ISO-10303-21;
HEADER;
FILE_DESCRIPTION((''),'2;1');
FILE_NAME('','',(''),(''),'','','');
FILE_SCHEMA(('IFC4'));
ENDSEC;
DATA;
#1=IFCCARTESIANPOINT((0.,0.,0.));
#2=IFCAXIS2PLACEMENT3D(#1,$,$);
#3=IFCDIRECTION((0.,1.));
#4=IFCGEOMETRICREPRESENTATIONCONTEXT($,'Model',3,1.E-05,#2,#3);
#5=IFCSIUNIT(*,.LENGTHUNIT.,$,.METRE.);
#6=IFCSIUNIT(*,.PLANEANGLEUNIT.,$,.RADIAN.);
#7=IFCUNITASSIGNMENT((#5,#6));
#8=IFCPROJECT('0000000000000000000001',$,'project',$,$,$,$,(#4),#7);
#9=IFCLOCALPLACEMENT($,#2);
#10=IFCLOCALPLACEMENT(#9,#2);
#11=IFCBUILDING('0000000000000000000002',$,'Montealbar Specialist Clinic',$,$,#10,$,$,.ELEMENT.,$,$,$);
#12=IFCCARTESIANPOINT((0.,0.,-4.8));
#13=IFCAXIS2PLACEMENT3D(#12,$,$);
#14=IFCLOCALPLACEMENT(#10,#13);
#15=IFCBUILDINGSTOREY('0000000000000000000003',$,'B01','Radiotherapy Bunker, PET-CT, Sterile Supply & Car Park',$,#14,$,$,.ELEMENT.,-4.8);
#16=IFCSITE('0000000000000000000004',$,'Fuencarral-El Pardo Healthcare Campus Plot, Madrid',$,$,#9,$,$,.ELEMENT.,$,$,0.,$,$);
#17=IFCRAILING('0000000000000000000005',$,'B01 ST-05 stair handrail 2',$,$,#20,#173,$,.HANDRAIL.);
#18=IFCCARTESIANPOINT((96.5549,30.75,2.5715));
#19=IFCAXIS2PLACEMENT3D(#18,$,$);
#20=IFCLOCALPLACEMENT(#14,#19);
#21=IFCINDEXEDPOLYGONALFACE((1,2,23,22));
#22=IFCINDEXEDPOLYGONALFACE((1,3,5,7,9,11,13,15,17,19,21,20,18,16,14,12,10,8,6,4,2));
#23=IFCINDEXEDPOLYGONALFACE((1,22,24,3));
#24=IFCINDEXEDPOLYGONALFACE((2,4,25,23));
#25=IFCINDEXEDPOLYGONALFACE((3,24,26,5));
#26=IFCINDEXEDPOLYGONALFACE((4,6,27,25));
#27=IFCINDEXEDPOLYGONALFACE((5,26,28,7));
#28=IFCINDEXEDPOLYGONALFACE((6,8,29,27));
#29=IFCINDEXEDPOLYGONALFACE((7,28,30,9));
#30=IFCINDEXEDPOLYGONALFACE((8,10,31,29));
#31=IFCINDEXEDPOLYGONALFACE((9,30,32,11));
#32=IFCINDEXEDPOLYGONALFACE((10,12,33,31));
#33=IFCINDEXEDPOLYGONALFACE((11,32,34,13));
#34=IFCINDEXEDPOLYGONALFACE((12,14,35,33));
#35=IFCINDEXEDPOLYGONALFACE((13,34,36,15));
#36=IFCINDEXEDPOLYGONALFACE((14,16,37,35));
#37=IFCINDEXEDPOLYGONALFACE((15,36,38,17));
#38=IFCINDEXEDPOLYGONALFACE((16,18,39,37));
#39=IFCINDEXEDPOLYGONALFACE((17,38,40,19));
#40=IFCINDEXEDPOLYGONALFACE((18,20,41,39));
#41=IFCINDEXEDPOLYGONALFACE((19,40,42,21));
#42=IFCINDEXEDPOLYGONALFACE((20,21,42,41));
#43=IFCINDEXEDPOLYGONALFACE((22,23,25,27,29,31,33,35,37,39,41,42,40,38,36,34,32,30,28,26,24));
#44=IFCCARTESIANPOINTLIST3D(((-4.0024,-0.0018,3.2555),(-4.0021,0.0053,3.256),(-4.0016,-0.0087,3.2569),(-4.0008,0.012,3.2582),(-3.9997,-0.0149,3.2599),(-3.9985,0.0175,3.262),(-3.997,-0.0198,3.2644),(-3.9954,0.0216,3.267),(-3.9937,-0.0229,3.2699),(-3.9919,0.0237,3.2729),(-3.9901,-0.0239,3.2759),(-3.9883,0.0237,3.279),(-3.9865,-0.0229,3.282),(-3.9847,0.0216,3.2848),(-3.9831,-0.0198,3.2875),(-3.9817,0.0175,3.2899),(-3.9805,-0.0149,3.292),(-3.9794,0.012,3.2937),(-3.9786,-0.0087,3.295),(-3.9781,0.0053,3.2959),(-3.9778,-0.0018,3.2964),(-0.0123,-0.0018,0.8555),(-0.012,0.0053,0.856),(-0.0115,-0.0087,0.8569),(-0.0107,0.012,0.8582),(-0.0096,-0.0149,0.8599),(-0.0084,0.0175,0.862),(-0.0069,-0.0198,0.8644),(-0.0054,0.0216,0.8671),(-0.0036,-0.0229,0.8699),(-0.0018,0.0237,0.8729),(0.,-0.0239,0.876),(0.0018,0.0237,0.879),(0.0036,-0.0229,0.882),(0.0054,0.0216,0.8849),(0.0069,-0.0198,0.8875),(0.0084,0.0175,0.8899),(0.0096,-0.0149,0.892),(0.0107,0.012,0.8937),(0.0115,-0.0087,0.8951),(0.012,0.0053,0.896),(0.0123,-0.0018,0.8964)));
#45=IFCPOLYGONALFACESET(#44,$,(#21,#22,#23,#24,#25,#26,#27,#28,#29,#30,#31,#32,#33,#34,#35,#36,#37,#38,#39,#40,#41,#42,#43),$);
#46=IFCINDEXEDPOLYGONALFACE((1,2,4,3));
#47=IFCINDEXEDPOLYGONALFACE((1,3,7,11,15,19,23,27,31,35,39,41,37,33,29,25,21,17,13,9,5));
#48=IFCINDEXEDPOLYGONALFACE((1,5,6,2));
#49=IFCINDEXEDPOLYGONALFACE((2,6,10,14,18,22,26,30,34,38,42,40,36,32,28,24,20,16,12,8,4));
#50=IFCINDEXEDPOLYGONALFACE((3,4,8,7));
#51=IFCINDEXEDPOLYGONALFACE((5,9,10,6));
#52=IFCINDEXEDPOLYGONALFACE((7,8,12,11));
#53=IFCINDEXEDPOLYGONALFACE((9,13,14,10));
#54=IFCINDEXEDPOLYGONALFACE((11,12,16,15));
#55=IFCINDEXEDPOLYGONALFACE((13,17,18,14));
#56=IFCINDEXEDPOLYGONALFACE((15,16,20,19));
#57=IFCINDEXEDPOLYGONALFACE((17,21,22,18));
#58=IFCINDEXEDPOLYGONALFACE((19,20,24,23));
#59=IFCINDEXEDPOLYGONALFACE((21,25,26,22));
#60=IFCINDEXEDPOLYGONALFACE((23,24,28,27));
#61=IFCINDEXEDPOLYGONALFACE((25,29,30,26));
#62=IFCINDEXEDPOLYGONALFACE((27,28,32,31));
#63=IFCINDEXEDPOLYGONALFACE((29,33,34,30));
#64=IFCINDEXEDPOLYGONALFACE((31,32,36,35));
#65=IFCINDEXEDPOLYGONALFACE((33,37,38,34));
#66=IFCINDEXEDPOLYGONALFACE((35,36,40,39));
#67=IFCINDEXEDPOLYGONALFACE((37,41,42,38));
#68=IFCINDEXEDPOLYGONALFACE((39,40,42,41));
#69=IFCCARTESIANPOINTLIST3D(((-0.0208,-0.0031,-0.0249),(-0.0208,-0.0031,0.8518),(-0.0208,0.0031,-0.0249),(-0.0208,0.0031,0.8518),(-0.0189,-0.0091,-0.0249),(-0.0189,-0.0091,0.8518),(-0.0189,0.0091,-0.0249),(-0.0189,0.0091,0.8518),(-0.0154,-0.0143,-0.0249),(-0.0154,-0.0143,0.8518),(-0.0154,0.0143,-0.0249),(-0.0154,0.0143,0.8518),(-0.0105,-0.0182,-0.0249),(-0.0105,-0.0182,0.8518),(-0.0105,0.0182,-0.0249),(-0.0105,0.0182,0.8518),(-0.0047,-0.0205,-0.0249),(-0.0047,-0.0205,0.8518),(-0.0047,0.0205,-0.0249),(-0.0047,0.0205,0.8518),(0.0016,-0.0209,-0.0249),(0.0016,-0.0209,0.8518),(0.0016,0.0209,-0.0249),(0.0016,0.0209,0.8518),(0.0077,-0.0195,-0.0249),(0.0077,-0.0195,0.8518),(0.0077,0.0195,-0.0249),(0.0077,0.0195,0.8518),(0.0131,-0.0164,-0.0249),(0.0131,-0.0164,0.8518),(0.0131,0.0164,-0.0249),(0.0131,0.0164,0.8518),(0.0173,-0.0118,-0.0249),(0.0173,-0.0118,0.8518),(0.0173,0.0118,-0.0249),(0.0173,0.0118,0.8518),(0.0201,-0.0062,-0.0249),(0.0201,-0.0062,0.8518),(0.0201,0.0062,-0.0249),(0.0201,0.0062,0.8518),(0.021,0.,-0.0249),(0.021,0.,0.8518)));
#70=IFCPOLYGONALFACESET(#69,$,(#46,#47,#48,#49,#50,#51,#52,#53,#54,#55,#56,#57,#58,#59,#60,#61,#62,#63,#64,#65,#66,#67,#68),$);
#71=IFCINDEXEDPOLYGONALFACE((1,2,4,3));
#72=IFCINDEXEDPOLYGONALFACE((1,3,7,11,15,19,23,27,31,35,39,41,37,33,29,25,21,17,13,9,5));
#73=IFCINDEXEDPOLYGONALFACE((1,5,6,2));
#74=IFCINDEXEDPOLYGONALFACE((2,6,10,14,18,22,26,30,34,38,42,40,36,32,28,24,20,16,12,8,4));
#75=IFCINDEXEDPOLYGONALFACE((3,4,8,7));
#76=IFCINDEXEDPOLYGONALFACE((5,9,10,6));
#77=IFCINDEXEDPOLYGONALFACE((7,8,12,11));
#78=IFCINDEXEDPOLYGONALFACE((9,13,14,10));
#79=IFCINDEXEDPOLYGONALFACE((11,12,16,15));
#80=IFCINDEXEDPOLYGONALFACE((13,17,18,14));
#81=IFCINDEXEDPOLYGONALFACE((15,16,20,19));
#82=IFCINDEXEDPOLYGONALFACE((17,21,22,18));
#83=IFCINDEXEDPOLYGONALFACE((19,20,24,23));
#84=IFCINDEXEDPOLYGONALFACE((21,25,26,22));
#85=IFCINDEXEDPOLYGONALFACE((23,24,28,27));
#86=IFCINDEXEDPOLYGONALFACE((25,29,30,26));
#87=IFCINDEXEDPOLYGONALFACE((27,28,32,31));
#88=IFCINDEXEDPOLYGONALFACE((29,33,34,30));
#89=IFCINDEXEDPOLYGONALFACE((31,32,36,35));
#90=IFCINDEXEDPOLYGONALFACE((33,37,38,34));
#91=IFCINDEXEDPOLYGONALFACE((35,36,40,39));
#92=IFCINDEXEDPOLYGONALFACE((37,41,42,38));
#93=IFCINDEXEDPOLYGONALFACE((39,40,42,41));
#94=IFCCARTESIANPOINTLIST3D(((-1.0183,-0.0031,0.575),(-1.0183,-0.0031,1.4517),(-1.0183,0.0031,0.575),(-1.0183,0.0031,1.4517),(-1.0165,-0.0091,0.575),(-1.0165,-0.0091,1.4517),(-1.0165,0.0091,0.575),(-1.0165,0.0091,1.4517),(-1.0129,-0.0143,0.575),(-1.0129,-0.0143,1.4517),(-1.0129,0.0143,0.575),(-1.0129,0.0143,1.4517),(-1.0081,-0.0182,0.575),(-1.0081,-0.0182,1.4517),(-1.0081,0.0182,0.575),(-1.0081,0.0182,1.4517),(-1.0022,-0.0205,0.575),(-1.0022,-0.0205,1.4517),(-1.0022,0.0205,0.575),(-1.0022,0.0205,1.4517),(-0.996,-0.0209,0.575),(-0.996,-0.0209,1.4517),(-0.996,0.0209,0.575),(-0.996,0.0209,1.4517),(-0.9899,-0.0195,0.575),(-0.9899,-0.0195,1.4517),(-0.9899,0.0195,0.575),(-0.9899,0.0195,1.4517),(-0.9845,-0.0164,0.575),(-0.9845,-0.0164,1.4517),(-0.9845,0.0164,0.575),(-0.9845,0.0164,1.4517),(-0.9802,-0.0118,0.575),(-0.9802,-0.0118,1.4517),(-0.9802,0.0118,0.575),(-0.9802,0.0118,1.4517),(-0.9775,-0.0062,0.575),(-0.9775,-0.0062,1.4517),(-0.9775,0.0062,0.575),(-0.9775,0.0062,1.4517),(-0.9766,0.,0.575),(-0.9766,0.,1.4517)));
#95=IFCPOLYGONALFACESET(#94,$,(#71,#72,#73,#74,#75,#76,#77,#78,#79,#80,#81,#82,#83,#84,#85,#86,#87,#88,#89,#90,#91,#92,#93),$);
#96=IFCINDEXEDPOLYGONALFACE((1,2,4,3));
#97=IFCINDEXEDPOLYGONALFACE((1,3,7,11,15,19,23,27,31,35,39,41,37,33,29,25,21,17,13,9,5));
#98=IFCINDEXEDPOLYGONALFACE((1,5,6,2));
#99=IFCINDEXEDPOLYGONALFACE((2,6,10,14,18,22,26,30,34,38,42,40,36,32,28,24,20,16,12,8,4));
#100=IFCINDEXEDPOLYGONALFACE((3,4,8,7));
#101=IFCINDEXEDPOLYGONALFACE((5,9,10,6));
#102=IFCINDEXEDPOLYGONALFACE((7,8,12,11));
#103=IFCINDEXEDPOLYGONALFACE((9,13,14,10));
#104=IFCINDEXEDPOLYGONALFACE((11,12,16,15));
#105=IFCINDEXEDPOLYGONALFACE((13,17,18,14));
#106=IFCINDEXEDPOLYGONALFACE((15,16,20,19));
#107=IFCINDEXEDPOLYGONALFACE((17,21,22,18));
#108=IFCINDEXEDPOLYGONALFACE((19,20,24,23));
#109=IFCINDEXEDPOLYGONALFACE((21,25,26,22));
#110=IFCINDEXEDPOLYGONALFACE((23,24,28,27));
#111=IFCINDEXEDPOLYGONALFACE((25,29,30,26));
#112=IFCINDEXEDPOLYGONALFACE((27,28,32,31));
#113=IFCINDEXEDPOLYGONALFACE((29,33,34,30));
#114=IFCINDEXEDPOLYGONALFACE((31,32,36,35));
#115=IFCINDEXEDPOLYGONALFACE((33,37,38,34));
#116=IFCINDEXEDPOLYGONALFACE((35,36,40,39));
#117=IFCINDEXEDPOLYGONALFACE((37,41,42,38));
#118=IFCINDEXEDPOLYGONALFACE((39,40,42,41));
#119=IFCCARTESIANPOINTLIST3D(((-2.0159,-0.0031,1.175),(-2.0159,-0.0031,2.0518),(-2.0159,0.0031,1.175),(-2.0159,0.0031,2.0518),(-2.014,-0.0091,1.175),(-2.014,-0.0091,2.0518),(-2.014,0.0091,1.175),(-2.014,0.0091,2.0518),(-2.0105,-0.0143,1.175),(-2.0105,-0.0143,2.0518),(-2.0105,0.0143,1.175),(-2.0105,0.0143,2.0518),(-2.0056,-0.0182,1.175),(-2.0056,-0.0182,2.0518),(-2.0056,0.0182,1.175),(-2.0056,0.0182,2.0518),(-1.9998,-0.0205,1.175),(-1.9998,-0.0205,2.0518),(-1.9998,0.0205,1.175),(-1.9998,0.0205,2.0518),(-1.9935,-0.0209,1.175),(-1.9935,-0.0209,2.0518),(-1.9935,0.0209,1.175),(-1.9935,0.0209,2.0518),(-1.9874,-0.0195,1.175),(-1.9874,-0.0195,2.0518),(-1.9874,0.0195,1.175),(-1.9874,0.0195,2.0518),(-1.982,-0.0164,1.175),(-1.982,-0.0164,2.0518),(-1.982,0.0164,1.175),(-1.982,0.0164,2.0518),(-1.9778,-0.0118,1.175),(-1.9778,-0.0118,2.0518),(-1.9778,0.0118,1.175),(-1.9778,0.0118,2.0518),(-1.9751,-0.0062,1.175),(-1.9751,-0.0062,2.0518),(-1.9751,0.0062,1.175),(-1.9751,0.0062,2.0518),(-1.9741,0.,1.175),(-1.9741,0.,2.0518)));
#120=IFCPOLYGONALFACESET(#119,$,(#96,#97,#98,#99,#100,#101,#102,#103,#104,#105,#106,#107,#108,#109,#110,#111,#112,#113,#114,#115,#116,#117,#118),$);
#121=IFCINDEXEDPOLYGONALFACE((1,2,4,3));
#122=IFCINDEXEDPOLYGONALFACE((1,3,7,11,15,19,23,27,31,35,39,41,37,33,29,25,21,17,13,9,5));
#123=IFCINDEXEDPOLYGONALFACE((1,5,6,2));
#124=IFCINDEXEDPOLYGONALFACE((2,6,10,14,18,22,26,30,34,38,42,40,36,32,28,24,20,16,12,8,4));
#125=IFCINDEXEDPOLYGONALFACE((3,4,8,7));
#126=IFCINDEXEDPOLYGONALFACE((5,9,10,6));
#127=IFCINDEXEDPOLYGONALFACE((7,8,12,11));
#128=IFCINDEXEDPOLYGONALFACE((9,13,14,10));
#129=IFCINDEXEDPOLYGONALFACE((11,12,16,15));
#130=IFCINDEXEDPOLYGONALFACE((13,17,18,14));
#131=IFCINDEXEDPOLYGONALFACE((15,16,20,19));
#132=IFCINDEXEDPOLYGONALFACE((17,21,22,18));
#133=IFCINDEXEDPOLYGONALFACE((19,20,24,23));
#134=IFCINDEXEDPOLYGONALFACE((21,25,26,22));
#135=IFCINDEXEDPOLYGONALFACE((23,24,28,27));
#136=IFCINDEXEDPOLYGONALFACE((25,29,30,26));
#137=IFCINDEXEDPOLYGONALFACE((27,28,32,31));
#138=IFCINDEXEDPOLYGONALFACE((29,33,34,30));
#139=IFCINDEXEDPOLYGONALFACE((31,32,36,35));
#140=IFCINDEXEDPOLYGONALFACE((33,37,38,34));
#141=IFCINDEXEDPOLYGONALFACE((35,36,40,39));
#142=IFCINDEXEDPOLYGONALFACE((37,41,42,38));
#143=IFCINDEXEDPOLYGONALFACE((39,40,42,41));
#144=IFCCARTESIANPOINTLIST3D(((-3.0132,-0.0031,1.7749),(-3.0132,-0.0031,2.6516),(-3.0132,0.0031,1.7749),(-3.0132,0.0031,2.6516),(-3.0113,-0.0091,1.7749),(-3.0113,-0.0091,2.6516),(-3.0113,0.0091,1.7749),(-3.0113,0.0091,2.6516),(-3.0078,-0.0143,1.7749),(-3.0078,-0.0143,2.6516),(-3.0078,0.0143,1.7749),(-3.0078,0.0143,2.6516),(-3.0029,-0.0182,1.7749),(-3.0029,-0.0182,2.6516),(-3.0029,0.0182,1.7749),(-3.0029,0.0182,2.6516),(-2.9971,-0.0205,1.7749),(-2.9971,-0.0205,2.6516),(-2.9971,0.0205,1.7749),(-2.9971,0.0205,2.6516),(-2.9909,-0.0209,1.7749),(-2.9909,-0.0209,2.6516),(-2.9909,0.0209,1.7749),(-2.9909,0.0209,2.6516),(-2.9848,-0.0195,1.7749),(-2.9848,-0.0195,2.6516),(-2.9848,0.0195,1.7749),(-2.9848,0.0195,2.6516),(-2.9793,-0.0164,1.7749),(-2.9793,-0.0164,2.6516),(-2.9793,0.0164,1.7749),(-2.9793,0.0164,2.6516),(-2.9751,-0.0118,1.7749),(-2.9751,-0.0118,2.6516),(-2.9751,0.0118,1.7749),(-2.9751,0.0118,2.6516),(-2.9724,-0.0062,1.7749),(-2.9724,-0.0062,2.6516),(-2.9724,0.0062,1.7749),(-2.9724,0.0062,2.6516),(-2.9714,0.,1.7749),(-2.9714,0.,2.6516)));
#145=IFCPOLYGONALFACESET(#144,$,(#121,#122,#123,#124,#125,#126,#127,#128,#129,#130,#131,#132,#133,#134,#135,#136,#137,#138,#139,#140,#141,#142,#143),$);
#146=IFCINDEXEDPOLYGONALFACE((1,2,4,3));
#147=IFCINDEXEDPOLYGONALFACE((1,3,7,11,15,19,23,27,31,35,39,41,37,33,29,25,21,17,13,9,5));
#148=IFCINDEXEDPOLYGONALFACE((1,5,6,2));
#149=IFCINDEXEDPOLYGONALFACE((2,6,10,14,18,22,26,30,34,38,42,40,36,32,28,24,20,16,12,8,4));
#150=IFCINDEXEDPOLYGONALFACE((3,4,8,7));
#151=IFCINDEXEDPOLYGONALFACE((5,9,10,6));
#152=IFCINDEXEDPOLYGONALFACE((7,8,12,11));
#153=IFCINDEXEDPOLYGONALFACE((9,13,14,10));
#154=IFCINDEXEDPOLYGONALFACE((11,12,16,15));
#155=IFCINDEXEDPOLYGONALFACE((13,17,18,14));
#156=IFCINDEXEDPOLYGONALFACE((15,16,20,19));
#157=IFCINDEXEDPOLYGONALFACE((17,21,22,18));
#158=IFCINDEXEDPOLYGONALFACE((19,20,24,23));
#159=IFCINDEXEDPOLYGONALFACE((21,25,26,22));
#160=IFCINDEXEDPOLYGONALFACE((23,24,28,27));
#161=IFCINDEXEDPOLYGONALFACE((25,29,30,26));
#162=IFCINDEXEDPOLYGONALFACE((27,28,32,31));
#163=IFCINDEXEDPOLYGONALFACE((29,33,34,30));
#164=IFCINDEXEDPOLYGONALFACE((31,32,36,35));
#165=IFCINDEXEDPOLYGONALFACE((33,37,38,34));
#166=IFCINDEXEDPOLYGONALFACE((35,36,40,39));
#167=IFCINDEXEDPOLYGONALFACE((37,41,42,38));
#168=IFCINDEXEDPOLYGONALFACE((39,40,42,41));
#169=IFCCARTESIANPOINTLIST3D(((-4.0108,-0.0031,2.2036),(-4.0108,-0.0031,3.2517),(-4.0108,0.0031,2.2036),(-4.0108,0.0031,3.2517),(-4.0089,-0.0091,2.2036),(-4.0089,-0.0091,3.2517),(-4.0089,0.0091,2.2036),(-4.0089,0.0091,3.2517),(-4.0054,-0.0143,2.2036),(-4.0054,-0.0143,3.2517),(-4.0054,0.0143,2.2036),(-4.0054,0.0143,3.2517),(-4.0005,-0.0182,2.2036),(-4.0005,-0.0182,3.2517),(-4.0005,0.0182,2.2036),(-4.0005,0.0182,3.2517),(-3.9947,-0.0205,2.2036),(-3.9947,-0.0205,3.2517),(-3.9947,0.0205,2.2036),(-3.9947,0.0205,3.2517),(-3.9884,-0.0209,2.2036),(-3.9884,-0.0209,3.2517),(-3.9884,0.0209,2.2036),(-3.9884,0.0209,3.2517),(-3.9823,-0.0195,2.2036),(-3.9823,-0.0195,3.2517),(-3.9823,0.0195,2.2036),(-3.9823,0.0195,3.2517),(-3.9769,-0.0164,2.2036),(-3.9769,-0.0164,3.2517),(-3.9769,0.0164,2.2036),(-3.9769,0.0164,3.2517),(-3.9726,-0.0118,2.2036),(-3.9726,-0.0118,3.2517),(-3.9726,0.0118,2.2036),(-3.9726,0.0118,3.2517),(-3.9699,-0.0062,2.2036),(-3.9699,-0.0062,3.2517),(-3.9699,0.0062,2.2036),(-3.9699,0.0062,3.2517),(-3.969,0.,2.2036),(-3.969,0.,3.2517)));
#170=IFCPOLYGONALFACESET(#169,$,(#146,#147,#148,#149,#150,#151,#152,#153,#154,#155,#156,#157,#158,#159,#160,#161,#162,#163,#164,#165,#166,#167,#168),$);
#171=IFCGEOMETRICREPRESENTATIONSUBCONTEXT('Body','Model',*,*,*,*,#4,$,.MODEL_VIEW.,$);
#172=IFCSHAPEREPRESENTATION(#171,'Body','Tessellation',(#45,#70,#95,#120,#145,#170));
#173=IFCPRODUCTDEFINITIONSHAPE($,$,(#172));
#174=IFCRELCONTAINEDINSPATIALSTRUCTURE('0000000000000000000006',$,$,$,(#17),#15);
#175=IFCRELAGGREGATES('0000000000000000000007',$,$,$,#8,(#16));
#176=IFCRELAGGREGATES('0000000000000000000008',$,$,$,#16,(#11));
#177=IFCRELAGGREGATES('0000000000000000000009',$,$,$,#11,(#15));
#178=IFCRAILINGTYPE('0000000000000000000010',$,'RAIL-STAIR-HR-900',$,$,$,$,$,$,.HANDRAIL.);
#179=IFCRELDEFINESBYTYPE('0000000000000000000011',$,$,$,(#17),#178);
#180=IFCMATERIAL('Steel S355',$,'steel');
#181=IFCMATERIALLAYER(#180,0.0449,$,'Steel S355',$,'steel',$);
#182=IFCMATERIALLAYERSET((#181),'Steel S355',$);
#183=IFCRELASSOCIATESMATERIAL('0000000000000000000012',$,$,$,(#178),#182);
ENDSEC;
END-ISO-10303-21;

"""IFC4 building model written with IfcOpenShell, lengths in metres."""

from ifc_helpers import new_model, si_unit, direction, frame, origin, origin_2d, place, context, subcontext, project, spatial, circle, extrude, material, layer, layer_set, type_object, element, save


model = new_model("IFC4")

# Units and contexts
model_context = context("Model", 3, precision=1e-05, world=origin(), true_north=direction((0.0, 1.0)))
body_context = subcontext(model_context, "Body", "Model", "MODEL_VIEW")
ifc_project = project(units=[si_unit("LENGTHUNIT", "METRE"), si_unit("PLANEANGLEUNIT", "RADIAN")], contexts=[model_context])

# Site, building, storey
site_placement = place(None, origin())
site = spatial("IfcSite", under=ifc_project, at=site_placement, Name="Fuencarral-El Pardo Healthcare Campus Plot, Madrid", CompositionType="ELEMENT", RefElevation=0.0)
building_placement = place(site_placement, origin())
building = spatial("IfcBuilding", under=site, at=building_placement, Name="Montealbar Specialist Clinic", CompositionType="ELEMENT")
storey_placement = place(building_placement, frame((0.0, 0.0, -4.8)))
storey = spatial("IfcBuildingStorey", under=building, at=storey_placement, Name="B01", Description="Radiotherapy Bunker, PET-CT, Sterile Supply & Car Park", CompositionType="ELEMENT", Elevation=-4.8)

# Shared definitions
ifc_material_1 = material(Name="Steel S355", Category="steel")

# Railing
ifc_layer_1 = layer(ifc_material_1, 0.0449, Name="Steel S355", Category="steel")
ifc_layer_set_1 = layer_set([ifc_layer_1], Name="Steel S355")
railing_type_1 = type_object("IfcRailingType", Name="RAIL-STAIR-HR-900", PredefinedType="HANDRAIL", material=ifc_layer_set_1)
railing_1_placement = place(storey_placement, frame((96.5549, 30.75, 2.5715)))
element("IfcRailing", 1, at=railing_1_placement, inside=storey, type_object=railing_type_1, Name="B01 ST-05 stair handrail 2", PredefinedType="HANDRAIL", context=body_context, shape_type="SweptSolid", body=[
    extrude(circle(Radius=0.0239, at=origin_2d()), frame((0.0, 0.0, 0.876), z_axis=(-0.856933, 0.0, 0.515428), x_axis=(0.0, -1.0, 0.0)), (0.0, 0.0, 1.0), 4.6562),
    extrude(circle(Radius=0.021, at=origin_2d()), frame((0.0, 0.0, -0.0249)), (0.0, 0.0, 1.0), 0.8767),
    extrude(circle(Radius=0.021, at=origin_2d()), frame((-0.9976, 0.0, 0.575)), (0.0, 0.0, 1.0), 0.8767),
    extrude(circle(Radius=0.021, at=origin_2d()), frame((-1.9951, 0.0, 1.175)), (0.0, 0.0, 1.0), 0.8767),
    extrude(circle(Radius=0.021, at=origin_2d()), frame((-2.9924, 0.0, 1.7749)), (0.0, 0.0, 1.0), 0.8767),
    extrude(circle(Radius=0.021, at=origin_2d()), frame((-3.99, 0.0, 2.2036)), (0.0, 0.0, 1.0), 1.0481),
])

save(model, "model.ifc")
